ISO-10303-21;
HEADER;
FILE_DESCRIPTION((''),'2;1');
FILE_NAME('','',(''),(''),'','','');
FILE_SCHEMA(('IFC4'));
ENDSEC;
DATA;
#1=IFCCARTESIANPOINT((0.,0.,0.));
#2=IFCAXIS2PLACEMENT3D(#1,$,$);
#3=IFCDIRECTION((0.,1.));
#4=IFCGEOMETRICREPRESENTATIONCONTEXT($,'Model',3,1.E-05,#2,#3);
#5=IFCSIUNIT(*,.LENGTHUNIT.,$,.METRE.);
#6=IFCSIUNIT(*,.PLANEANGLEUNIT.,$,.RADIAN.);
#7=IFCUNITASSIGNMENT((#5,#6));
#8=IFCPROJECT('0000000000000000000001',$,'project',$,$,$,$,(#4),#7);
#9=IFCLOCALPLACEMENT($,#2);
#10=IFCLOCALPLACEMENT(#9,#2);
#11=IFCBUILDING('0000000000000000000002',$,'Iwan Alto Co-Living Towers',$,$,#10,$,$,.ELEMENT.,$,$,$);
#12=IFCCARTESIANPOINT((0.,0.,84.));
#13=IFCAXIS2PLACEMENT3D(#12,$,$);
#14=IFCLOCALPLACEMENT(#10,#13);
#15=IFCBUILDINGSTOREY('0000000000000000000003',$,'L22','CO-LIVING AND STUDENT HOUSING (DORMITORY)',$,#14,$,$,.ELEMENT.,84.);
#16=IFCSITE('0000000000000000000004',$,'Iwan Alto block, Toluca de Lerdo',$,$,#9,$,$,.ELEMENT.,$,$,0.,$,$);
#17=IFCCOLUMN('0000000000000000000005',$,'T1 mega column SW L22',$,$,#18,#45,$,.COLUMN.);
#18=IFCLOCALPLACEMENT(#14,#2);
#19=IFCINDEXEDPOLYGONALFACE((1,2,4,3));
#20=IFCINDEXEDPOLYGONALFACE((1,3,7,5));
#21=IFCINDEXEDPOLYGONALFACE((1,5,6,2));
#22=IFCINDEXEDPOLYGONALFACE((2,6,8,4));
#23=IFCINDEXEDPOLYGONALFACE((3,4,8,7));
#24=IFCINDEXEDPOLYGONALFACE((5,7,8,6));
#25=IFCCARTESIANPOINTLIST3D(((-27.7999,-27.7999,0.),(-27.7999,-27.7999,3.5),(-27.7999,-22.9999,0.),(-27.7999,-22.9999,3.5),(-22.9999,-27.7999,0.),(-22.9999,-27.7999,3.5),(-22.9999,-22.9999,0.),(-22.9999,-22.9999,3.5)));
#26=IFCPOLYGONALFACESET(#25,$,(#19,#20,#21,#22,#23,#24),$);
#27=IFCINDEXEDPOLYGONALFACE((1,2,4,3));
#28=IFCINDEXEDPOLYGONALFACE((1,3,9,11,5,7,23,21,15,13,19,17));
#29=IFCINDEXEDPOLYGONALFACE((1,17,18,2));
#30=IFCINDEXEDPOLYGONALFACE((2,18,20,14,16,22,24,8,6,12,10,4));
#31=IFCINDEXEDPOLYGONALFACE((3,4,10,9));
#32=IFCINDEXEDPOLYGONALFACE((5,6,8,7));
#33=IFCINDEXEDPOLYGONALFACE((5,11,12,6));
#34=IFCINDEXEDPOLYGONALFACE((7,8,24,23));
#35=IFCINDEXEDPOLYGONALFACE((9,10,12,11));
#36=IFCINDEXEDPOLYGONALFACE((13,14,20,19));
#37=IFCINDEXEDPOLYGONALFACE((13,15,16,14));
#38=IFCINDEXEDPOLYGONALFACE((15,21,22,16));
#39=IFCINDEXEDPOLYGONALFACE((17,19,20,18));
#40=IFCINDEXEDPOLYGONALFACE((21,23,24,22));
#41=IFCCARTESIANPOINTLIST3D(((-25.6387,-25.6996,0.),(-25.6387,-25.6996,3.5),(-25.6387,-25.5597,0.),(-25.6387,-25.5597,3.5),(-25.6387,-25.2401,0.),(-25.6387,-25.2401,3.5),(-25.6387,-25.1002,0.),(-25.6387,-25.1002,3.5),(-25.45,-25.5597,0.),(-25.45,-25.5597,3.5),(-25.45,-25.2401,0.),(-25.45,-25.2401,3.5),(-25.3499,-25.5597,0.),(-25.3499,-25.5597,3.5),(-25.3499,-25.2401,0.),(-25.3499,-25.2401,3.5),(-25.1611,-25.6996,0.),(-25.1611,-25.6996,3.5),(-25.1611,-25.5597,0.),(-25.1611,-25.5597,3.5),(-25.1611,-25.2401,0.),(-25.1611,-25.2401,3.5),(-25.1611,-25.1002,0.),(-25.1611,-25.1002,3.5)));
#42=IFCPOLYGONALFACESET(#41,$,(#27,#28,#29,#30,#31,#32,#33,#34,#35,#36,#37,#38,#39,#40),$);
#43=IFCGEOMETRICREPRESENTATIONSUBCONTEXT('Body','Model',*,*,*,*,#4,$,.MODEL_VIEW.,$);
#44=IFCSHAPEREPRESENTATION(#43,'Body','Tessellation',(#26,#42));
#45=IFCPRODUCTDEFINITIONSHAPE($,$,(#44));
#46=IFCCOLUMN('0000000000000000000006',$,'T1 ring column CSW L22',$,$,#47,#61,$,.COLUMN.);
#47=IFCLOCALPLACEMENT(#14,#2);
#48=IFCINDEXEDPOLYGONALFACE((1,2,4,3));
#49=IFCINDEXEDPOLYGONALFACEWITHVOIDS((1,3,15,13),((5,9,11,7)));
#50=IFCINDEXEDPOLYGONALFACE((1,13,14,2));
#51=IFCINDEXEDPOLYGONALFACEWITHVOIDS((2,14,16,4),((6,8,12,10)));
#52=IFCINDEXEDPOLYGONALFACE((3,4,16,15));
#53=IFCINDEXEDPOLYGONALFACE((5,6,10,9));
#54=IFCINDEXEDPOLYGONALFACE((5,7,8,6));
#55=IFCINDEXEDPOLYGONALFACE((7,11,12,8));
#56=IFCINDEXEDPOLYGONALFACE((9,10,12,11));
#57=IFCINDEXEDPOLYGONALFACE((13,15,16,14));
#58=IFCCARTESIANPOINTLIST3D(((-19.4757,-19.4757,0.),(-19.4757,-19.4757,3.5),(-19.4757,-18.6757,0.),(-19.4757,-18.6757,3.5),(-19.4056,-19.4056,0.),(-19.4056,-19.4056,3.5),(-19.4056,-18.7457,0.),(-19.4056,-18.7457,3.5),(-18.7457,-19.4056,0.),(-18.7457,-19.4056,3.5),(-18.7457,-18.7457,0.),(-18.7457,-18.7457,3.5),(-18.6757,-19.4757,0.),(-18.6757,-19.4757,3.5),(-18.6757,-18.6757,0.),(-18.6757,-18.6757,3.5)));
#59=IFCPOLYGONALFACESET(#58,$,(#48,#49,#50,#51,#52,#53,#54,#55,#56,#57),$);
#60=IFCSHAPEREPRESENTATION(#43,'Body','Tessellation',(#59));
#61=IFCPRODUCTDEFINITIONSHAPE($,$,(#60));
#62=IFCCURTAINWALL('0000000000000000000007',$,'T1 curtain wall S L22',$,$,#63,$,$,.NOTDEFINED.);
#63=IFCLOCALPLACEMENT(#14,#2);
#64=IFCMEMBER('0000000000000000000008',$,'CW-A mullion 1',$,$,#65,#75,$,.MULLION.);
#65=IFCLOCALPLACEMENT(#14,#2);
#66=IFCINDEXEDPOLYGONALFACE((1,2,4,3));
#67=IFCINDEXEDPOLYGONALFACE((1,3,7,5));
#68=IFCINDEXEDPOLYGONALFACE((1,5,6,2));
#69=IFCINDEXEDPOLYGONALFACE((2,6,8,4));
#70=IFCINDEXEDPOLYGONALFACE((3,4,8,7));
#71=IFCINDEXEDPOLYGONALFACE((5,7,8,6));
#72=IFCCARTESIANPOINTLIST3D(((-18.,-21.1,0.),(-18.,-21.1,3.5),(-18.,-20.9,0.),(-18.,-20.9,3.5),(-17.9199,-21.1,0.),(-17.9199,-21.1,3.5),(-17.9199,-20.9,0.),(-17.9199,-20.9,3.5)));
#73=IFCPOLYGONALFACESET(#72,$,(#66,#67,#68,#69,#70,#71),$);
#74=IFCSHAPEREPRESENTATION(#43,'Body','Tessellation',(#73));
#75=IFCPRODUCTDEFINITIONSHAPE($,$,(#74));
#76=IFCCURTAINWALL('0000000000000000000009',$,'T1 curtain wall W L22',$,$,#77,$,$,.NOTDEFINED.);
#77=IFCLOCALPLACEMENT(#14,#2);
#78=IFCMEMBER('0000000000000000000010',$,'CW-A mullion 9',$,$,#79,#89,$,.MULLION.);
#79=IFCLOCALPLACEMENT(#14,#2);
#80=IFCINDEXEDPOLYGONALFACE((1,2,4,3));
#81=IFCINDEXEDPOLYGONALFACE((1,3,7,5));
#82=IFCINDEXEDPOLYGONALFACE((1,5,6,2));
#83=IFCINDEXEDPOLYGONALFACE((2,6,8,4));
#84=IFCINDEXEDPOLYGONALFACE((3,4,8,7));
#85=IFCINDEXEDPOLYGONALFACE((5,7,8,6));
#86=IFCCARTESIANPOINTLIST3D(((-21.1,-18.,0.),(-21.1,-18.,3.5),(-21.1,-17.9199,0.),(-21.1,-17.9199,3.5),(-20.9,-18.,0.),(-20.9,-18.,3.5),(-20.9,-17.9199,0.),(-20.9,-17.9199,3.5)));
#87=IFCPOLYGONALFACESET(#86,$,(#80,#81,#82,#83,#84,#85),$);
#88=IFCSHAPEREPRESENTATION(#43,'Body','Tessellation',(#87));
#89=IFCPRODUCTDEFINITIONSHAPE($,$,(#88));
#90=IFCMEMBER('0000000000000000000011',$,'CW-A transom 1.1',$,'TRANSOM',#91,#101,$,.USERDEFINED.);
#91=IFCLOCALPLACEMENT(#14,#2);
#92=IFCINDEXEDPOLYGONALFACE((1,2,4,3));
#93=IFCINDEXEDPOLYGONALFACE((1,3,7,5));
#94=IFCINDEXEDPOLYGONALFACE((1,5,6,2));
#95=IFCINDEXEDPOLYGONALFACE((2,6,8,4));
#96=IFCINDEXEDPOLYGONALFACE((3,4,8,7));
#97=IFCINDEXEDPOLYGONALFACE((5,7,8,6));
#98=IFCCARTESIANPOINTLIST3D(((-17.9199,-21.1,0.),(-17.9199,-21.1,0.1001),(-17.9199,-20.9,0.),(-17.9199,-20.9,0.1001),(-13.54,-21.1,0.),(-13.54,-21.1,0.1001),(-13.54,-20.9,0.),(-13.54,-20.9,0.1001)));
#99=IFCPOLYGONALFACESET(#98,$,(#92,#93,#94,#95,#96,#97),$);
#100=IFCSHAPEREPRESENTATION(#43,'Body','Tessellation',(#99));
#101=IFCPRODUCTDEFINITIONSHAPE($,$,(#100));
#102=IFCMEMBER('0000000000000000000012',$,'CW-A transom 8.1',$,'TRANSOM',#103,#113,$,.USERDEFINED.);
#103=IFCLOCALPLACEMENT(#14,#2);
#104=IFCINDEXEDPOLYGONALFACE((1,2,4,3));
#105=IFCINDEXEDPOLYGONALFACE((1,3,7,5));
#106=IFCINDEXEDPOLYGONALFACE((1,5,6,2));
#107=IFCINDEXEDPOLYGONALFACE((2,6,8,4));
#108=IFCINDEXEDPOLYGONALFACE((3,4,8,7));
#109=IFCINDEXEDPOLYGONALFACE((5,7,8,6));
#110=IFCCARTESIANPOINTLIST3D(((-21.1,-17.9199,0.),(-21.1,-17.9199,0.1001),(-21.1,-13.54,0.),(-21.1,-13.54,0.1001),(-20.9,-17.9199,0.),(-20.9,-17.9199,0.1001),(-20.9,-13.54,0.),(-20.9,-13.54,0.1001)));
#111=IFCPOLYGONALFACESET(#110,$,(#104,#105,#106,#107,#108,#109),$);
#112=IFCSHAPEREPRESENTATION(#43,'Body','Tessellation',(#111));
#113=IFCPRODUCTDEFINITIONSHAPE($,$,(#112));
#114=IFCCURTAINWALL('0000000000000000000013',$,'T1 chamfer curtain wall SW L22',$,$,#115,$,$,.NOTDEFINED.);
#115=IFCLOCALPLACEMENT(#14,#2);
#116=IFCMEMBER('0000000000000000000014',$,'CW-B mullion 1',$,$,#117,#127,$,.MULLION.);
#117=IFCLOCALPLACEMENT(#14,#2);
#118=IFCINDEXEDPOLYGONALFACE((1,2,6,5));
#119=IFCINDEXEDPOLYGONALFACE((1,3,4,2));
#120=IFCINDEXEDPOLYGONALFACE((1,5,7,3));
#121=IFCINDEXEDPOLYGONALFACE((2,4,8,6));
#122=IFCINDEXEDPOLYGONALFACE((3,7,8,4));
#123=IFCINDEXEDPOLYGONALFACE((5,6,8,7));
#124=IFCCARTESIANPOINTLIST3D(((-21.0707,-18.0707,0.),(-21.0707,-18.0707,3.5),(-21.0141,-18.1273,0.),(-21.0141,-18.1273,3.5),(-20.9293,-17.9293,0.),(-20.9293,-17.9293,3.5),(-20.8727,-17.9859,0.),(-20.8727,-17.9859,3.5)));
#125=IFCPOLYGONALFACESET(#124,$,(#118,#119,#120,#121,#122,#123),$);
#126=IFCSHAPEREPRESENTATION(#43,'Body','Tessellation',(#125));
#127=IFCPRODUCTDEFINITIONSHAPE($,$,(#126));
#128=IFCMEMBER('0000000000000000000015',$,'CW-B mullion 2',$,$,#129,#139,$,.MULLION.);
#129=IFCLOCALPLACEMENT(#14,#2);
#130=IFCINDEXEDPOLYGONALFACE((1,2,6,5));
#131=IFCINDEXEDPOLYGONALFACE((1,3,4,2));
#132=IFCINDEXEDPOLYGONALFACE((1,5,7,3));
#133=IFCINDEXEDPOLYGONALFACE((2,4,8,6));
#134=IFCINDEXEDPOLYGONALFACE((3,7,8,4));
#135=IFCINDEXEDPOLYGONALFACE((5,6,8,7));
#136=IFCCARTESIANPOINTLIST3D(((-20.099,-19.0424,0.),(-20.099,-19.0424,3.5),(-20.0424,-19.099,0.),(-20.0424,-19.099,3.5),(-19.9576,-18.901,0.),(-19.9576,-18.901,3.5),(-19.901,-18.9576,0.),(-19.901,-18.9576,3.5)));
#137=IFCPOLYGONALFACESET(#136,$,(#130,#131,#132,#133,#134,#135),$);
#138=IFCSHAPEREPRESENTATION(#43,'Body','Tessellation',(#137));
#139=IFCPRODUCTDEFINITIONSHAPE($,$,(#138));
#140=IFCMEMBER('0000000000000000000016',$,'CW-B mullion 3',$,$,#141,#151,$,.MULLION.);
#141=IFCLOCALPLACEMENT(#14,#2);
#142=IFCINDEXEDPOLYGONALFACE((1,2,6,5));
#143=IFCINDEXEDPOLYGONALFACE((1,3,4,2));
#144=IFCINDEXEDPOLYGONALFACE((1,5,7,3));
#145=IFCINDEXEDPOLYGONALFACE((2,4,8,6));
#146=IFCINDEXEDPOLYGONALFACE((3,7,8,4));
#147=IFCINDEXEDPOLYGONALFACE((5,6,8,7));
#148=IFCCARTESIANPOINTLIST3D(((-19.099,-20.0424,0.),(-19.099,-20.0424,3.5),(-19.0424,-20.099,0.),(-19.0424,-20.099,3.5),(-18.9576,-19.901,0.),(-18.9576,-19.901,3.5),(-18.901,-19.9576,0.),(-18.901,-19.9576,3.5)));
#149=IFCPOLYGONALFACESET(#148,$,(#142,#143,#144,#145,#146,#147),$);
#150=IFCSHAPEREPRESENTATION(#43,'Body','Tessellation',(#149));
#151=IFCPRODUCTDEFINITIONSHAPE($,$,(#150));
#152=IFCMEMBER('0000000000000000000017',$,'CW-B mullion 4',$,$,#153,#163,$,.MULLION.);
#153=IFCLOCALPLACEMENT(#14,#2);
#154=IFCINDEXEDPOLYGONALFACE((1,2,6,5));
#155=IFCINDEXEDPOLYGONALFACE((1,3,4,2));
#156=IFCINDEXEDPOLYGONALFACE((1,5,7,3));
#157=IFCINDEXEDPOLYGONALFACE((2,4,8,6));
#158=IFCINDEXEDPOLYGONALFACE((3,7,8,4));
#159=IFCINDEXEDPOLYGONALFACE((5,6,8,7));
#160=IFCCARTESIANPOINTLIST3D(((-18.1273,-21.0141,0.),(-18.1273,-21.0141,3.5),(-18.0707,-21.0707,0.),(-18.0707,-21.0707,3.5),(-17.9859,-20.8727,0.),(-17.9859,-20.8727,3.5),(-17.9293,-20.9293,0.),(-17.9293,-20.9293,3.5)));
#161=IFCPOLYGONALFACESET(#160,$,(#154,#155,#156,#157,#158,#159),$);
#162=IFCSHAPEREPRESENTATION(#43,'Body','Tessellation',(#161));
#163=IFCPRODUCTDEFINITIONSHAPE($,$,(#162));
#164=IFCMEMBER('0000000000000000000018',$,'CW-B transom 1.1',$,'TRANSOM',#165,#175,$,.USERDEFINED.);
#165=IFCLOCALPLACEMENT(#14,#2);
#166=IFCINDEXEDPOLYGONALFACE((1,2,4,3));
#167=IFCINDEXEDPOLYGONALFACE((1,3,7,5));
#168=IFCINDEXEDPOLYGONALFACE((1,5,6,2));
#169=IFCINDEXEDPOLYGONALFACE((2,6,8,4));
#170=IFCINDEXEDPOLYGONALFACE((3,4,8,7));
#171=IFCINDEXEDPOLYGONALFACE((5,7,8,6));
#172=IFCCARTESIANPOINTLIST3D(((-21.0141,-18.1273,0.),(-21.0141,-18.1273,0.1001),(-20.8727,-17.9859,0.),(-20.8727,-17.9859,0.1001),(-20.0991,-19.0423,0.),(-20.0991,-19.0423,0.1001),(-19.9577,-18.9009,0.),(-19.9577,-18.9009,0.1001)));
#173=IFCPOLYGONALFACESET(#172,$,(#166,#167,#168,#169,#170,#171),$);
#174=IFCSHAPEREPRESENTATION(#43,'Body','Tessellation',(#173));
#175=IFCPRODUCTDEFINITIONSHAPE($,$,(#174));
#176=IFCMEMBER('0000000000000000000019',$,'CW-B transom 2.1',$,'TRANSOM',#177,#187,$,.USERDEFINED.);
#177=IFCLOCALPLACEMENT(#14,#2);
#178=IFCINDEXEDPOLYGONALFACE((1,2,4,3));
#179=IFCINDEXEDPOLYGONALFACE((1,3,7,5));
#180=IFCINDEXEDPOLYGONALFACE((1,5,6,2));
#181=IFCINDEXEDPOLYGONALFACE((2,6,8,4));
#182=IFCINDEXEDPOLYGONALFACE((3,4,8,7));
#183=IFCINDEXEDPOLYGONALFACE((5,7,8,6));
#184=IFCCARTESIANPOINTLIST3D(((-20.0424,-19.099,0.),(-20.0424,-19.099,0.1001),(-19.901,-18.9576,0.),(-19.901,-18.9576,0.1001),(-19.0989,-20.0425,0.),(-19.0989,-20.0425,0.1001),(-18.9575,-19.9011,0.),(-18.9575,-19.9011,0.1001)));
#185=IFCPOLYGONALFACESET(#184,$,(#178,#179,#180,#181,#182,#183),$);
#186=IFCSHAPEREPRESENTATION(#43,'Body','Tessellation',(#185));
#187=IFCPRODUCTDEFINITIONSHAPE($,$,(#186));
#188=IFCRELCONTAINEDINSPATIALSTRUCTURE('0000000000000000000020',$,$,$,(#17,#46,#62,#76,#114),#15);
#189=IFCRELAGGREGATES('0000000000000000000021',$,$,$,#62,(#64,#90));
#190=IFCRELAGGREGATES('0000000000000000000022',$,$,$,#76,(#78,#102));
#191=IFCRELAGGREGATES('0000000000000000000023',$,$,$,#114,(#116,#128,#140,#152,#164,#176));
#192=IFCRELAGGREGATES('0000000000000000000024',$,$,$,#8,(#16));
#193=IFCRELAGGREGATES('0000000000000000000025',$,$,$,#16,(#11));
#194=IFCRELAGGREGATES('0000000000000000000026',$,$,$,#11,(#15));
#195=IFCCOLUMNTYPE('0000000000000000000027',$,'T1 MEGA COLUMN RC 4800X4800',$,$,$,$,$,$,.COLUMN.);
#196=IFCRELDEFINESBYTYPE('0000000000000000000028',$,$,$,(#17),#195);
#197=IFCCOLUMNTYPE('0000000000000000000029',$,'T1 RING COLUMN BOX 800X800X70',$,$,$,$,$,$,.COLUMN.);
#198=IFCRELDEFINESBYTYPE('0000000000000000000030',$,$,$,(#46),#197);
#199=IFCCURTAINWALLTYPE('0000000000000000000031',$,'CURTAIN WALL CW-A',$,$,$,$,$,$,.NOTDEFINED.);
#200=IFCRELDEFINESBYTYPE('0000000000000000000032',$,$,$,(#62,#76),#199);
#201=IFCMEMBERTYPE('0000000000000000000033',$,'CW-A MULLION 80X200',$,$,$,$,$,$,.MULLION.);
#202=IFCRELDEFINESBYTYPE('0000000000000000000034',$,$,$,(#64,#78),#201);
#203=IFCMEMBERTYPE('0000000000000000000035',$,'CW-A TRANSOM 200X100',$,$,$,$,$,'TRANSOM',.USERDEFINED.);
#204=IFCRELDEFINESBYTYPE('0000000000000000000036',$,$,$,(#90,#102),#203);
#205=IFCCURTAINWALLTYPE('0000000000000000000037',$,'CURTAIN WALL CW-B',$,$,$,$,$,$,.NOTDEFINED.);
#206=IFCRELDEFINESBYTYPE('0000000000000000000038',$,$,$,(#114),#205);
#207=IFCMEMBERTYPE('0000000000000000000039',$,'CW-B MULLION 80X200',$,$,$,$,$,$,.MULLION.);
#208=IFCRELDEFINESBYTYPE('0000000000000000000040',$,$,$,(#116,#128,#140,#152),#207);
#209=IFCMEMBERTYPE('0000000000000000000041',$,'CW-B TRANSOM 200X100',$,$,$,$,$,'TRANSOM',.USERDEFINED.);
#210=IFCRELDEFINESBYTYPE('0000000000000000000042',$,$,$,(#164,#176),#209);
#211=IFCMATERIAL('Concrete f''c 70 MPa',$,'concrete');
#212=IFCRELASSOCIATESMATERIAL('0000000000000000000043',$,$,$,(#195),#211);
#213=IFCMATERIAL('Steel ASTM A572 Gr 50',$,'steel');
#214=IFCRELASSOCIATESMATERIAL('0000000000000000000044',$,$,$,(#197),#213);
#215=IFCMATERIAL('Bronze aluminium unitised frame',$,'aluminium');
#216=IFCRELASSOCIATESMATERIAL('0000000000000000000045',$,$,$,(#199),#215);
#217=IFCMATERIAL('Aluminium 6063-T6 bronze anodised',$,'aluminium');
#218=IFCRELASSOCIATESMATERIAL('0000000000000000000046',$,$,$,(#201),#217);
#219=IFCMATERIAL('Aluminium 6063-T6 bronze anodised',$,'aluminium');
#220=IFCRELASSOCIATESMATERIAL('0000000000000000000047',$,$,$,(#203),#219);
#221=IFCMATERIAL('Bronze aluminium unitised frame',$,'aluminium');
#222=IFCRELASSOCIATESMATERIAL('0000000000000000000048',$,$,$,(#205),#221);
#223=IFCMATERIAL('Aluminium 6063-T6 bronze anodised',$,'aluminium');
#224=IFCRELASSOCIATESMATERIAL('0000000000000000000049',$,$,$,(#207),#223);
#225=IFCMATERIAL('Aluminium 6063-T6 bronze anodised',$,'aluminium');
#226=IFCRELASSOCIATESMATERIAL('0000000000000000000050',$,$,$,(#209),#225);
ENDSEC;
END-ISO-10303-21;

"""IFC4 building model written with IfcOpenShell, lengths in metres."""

from ifc_helpers import new_model, si_unit, direction, frame, origin, origin_2d, place, context, subcontext, project, spatial, rectangle, hollow_rectangle, i_section, extrude, material, material_profile, profile_set, type_object, element, aggregate, save


model = new_model("IFC4")

# Units and contexts
model_context = context("Model", 3, precision=1e-05, world=origin(), true_north=direction((0.0, 1.0)))
body_context = subcontext(model_context, "Body", "Model", "MODEL_VIEW")
ifc_project = project(units=[si_unit("LENGTHUNIT", "METRE"), si_unit("PLANEANGLEUNIT", "RADIAN")], contexts=[model_context])

# Site, building, storey
site_placement = place(None, origin())
site = spatial("IfcSite", under=ifc_project, at=site_placement, Name="Iwan Alto block, Toluca de Lerdo", CompositionType="ELEMENT", RefElevation=0.0)
building_placement = place(site_placement, origin())
building = spatial("IfcBuilding", under=site, at=building_placement, Name="Iwan Alto Co-Living Towers", CompositionType="ELEMENT")
storey_placement = place(building_placement, frame((0.0, 0.0, 84.0)))
storey = spatial("IfcBuildingStorey", under=building, at=storey_placement, Name="L22", Description="CO-LIVING AND STUDENT HOUSING (DORMITORY)", CompositionType="ELEMENT", Elevation=84.0)

# Columns
ifc_material_1 = material(Name="Concrete f'c 70 MPa", Category="concrete")
ifc_material_profile_1 = material_profile(ifc_material_1, rectangle(XDim=4.8, YDim=4.8, at=origin_2d()), Name="RC 4800X4800")
ifc_profile_set_1 = profile_set([ifc_material_profile_1], Name="Concrete f'c 70 MPa")
column_type_1 = type_object("IfcColumnType", Name="T1 MEGA COLUMN RC 4800X4800", PredefinedType="COLUMN", material=ifc_profile_set_1)
column_1_placement = place(storey_placement, frame((-25.3999, -25.3999, 0.0), z_axis=(0.0, 0.0, 1.0), x_axis=(1.0, 0.0, 0.0)))
element("IfcColumn", 1, at=column_1_placement, inside=storey, type_object=column_type_1, Name="T1 mega column SW L22", PredefinedType="COLUMN", context=body_context, shape_type="SweptSolid", body=[
    extrude(rectangle(XDim=4.8, YDim=4.8, at=origin_2d()), origin(), (0.0, 0.0, 1.0), 3.5),
    extrude(i_section(OverallWidth=0.4775, OverallDepth=0.5994, WebThickness=0.1001, FlangeThickness=0.1399, at=origin_2d()), origin(), (0.0, 0.0, 1.0), 3.5),
])
ifc_material_2 = material(Name="Steel ASTM A572 Gr 50", Category="steel")
ifc_material_profile_2 = material_profile(ifc_material_2, hollow_rectangle(XDim=0.8, YDim=0.8, WallThickness=0.0701, at=origin_2d()), Name="BOX 800X800X70")
ifc_profile_set_2 = profile_set([ifc_material_profile_2], Name="Steel ASTM A572 Gr 50")
column_type_2 = type_object("IfcColumnType", Name="T1 RING COLUMN BOX 800X800X70", PredefinedType="COLUMN", material=ifc_profile_set_2)
column_2_placement = place(storey_placement, frame((-19.0757, -19.0757, 0.0), z_axis=(0.0, 0.0, 1.0), x_axis=(1.0, 0.0, 0.0)))
element("IfcColumn", 2, at=column_2_placement, inside=storey, type_object=column_type_2, Name="T1 ring column CSW L22", PredefinedType="COLUMN", context=body_context, shape_type="SweptSolid", body=[
    extrude(hollow_rectangle(XDim=0.8, YDim=0.8, WallThickness=0.0701, at=origin_2d()), origin(), (0.0, 0.0, 1.0), 3.5),
])

# Curtain walls, members
ifc_material_3 = material(Name="Bronze aluminium unitised frame", Category="aluminium")
curtain_wall_type_1 = type_object("IfcCurtainWallType", Name="CURTAIN WALL CW-A", PredefinedType="NOTDEFINED", material=ifc_material_3)
curtain_wall_1_placement = place(storey_placement, origin())
curtain_wall_1 = element("IfcCurtainWall", 3, at=curtain_wall_1_placement, inside=storey, type_object=curtain_wall_type_1, Name="T1 curtain wall S L22", PredefinedType="NOTDEFINED")
ifc_material_4 = material(Name="Aluminium 6063-T6 bronze anodised", Category="aluminium")
ifc_material_profile_3 = material_profile(ifc_material_4, rectangle(XDim=0.2, YDim=0.0801, at=origin_2d()), Name="AL 80X200")
ifc_profile_set_3 = profile_set([ifc_material_profile_3], Name="Aluminium 6063-T6 bronze anodised")
member_type_1 = type_object("IfcMemberType", Name="CW-A MULLION 80X200", PredefinedType="MULLION", material=ifc_profile_set_3)
member_1_placement = place(storey_placement, frame((-17.96, -21.0, 0.0), z_axis=(0.0, 0.0, 1.0), x_axis=(0.0, 1.0, 0.0)))
member_1 = element("IfcMember", 4, at=member_1_placement, type_object=member_type_1, Name="CW-A mullion 1", PredefinedType="MULLION", context=body_context, shape_type="SweptSolid", body=[
    extrude(rectangle(XDim=0.2, YDim=0.0801, at=origin_2d()), origin(), (0.0, 0.0, 1.0), 3.5),
])
curtain_wall_2_placement = place(storey_placement, origin())
curtain_wall_2 = element("IfcCurtainWall", 5, at=curtain_wall_2_placement, inside=storey, type_object=curtain_wall_type_1, Name="T1 curtain wall W L22", PredefinedType="NOTDEFINED")
member_2_placement = place(storey_placement, frame((-21.0, -17.96, 0.0), z_axis=(0.0, 0.0, 1.0), x_axis=(1.0, 0.0, 0.0)))
member_2 = element("IfcMember", 6, at=member_2_placement, type_object=member_type_1, Name="CW-A mullion 9", PredefinedType="MULLION", context=body_context, shape_type="SweptSolid", body=[
    extrude(rectangle(XDim=0.2, YDim=0.0801, at=origin_2d()), origin(), (0.0, 0.0, 1.0), 3.5),
])

# Members
ifc_material_5 = material(Name="Aluminium 6063-T6 bronze anodised", Category="aluminium")
ifc_material_profile_4 = material_profile(ifc_material_5, rectangle(XDim=0.2, YDim=0.1001, at=origin_2d()), Name="AL 200X100")
ifc_profile_set_4 = profile_set([ifc_material_profile_4], Name="Aluminium 6063-T6 bronze anodised")
member_type_2 = type_object("IfcMemberType", Name="CW-A TRANSOM 200X100", ElementType="TRANSOM", PredefinedType="USERDEFINED", material=ifc_profile_set_4)
member_3_placement = place(storey_placement, frame((-17.9199, -21.0, 0.05), z_axis=(1.0, 0.0, 0.0), x_axis=(0.0, 1.0, 0.0)))
member_3 = element("IfcMember", 7, at=member_3_placement, type_object=member_type_2, Name="CW-A transom 1.1", ObjectType="TRANSOM", PredefinedType="USERDEFINED", context=body_context, shape_type="SweptSolid", body=[
    extrude(rectangle(XDim=0.2, YDim=0.1001, at=origin_2d()), origin(), (0.0, 0.0, 1.0), 4.3799),
])
aggregate(curtain_wall_1, [member_1, member_3])
member_4_placement = place(storey_placement, frame((-21.0, -13.54, 0.05), z_axis=(0.0, -1.0, 0.0), x_axis=(1.0, 0.0, 0.0)))
member_4 = element("IfcMember", 8, at=member_4_placement, type_object=member_type_2, Name="CW-A transom 8.1", ObjectType="TRANSOM", PredefinedType="USERDEFINED", context=body_context, shape_type="SweptSolid", body=[
    extrude(rectangle(XDim=0.2, YDim=0.1001, at=origin_2d()), origin(), (0.0, 0.0, 1.0), 4.3799),
])

# Curtain wall, members
ifc_material_6 = material(Name="Bronze aluminium unitised frame", Category="aluminium")
curtain_wall_type_2 = type_object("IfcCurtainWallType", Name="CURTAIN WALL CW-B", PredefinedType="NOTDEFINED", material=ifc_material_6)
curtain_wall_3_placement = place(storey_placement, origin())
curtain_wall_3 = element("IfcCurtainWall", 9, at=curtain_wall_3_placement, inside=storey, type_object=curtain_wall_type_2, Name="T1 chamfer curtain wall SW L22", PredefinedType="NOTDEFINED")
ifc_material_7 = material(Name="Aluminium 6063-T6 bronze anodised", Category="aluminium")
ifc_material_profile_5 = material_profile(ifc_material_7, rectangle(XDim=0.2, YDim=0.0801, at=origin_2d()), Name="AL 80X200")
ifc_profile_set_5 = profile_set([ifc_material_profile_5], Name="Aluminium 6063-T6 bronze anodised")
member_type_3 = type_object("IfcMemberType", Name="CW-B MULLION 80X200", PredefinedType="MULLION", material=ifc_profile_set_5)
member_5_placement = place(storey_placement, frame((-20.9717, -18.0283, 0.0), z_axis=(0.0, 0.0, 1.0), x_axis=(0.707107, 0.707107, 0.0)))
member_5 = element("IfcMember", 10, at=member_5_placement, type_object=member_type_3, Name="CW-B mullion 1", PredefinedType="MULLION", context=body_context, shape_type="SweptSolid", body=[
    extrude(rectangle(XDim=0.2, YDim=0.0801, at=origin_2d()), origin(), (0.0, 0.0, 1.0), 3.5),
])
member_6_placement = place(storey_placement, frame((-20.0, -19.0, 0.0), z_axis=(0.0, 0.0, 1.0), x_axis=(0.707107, 0.707107, 0.0)))
member_6 = element("IfcMember", 11, at=member_6_placement, type_object=member_type_3, Name="CW-B mullion 2", PredefinedType="MULLION", context=body_context, shape_type="SweptSolid", body=[
    extrude(rectangle(XDim=0.2, YDim=0.0801, at=origin_2d()), origin(), (0.0, 0.0, 1.0), 3.5),
])
member_7_placement = place(storey_placement, frame((-19.0, -20.0, 0.0), z_axis=(0.0, 0.0, 1.0), x_axis=(0.707107, 0.707107, 0.0)))
member_7 = element("IfcMember", 12, at=member_7_placement, type_object=member_type_3, Name="CW-B mullion 3", PredefinedType="MULLION", context=body_context, shape_type="SweptSolid", body=[
    extrude(rectangle(XDim=0.2, YDim=0.0801, at=origin_2d()), origin(), (0.0, 0.0, 1.0), 3.5),
])
member_8_placement = place(storey_placement, frame((-18.0283, -20.9717, 0.0), z_axis=(0.0, 0.0, 1.0), x_axis=(0.707107, 0.707107, 0.0)))
member_8 = element("IfcMember", 13, at=member_8_placement, type_object=member_type_3, Name="CW-B mullion 4", PredefinedType="MULLION", context=body_context, shape_type="SweptSolid", body=[
    extrude(rectangle(XDim=0.2, YDim=0.0801, at=origin_2d()), origin(), (0.0, 0.0, 1.0), 3.5),
])
ifc_material_8 = material(Name="Aluminium 6063-T6 bronze anodised", Category="aluminium")
ifc_material_profile_6 = material_profile(ifc_material_8, rectangle(XDim=0.2, YDim=0.1001, at=origin_2d()), Name="AL 200X100")
ifc_profile_set_6 = profile_set([ifc_material_profile_6], Name="Aluminium 6063-T6 bronze anodised")
member_type_4 = type_object("IfcMemberType", Name="CW-B TRANSOM 200X100", ElementType="TRANSOM", PredefinedType="USERDEFINED", material=ifc_profile_set_6)
member_9_placement = place(storey_placement, frame((-20.9434, -18.0566, 0.05), z_axis=(0.707107, -0.707107, 0.0), x_axis=(0.707107, 0.707107, 0.0)))
member_9 = element("IfcMember", 14, at=member_9_placement, type_object=member_type_4, Name="CW-B transom 1.1", ObjectType="TRANSOM", PredefinedType="USERDEFINED", context=body_context, shape_type="SweptSolid", body=[
    extrude(rectangle(XDim=0.2, YDim=0.1001, at=origin_2d()), origin(), (0.0, 0.0, 1.0), 1.2939),
])
member_10_placement = place(storey_placement, frame((-19.9717, -19.0283, 0.05), z_axis=(0.707107, -0.707107, 0.0), x_axis=(0.707107, 0.707107, 0.0)))
member_10 = element("IfcMember", 15, at=member_10_placement, type_object=member_type_4, Name="CW-B transom 2.1", ObjectType="TRANSOM", PredefinedType="USERDEFINED", context=body_context, shape_type="SweptSolid", body=[
    extrude(rectangle(XDim=0.2, YDim=0.1001, at=origin_2d()), origin(), (0.0, 0.0, 1.0), 1.3342),
])

aggregate(curtain_wall_2, [member_2, member_4])
aggregate(curtain_wall_3, [member_5, member_6, member_7, member_8, member_9, member_10])

save(model, "model.ifc")
